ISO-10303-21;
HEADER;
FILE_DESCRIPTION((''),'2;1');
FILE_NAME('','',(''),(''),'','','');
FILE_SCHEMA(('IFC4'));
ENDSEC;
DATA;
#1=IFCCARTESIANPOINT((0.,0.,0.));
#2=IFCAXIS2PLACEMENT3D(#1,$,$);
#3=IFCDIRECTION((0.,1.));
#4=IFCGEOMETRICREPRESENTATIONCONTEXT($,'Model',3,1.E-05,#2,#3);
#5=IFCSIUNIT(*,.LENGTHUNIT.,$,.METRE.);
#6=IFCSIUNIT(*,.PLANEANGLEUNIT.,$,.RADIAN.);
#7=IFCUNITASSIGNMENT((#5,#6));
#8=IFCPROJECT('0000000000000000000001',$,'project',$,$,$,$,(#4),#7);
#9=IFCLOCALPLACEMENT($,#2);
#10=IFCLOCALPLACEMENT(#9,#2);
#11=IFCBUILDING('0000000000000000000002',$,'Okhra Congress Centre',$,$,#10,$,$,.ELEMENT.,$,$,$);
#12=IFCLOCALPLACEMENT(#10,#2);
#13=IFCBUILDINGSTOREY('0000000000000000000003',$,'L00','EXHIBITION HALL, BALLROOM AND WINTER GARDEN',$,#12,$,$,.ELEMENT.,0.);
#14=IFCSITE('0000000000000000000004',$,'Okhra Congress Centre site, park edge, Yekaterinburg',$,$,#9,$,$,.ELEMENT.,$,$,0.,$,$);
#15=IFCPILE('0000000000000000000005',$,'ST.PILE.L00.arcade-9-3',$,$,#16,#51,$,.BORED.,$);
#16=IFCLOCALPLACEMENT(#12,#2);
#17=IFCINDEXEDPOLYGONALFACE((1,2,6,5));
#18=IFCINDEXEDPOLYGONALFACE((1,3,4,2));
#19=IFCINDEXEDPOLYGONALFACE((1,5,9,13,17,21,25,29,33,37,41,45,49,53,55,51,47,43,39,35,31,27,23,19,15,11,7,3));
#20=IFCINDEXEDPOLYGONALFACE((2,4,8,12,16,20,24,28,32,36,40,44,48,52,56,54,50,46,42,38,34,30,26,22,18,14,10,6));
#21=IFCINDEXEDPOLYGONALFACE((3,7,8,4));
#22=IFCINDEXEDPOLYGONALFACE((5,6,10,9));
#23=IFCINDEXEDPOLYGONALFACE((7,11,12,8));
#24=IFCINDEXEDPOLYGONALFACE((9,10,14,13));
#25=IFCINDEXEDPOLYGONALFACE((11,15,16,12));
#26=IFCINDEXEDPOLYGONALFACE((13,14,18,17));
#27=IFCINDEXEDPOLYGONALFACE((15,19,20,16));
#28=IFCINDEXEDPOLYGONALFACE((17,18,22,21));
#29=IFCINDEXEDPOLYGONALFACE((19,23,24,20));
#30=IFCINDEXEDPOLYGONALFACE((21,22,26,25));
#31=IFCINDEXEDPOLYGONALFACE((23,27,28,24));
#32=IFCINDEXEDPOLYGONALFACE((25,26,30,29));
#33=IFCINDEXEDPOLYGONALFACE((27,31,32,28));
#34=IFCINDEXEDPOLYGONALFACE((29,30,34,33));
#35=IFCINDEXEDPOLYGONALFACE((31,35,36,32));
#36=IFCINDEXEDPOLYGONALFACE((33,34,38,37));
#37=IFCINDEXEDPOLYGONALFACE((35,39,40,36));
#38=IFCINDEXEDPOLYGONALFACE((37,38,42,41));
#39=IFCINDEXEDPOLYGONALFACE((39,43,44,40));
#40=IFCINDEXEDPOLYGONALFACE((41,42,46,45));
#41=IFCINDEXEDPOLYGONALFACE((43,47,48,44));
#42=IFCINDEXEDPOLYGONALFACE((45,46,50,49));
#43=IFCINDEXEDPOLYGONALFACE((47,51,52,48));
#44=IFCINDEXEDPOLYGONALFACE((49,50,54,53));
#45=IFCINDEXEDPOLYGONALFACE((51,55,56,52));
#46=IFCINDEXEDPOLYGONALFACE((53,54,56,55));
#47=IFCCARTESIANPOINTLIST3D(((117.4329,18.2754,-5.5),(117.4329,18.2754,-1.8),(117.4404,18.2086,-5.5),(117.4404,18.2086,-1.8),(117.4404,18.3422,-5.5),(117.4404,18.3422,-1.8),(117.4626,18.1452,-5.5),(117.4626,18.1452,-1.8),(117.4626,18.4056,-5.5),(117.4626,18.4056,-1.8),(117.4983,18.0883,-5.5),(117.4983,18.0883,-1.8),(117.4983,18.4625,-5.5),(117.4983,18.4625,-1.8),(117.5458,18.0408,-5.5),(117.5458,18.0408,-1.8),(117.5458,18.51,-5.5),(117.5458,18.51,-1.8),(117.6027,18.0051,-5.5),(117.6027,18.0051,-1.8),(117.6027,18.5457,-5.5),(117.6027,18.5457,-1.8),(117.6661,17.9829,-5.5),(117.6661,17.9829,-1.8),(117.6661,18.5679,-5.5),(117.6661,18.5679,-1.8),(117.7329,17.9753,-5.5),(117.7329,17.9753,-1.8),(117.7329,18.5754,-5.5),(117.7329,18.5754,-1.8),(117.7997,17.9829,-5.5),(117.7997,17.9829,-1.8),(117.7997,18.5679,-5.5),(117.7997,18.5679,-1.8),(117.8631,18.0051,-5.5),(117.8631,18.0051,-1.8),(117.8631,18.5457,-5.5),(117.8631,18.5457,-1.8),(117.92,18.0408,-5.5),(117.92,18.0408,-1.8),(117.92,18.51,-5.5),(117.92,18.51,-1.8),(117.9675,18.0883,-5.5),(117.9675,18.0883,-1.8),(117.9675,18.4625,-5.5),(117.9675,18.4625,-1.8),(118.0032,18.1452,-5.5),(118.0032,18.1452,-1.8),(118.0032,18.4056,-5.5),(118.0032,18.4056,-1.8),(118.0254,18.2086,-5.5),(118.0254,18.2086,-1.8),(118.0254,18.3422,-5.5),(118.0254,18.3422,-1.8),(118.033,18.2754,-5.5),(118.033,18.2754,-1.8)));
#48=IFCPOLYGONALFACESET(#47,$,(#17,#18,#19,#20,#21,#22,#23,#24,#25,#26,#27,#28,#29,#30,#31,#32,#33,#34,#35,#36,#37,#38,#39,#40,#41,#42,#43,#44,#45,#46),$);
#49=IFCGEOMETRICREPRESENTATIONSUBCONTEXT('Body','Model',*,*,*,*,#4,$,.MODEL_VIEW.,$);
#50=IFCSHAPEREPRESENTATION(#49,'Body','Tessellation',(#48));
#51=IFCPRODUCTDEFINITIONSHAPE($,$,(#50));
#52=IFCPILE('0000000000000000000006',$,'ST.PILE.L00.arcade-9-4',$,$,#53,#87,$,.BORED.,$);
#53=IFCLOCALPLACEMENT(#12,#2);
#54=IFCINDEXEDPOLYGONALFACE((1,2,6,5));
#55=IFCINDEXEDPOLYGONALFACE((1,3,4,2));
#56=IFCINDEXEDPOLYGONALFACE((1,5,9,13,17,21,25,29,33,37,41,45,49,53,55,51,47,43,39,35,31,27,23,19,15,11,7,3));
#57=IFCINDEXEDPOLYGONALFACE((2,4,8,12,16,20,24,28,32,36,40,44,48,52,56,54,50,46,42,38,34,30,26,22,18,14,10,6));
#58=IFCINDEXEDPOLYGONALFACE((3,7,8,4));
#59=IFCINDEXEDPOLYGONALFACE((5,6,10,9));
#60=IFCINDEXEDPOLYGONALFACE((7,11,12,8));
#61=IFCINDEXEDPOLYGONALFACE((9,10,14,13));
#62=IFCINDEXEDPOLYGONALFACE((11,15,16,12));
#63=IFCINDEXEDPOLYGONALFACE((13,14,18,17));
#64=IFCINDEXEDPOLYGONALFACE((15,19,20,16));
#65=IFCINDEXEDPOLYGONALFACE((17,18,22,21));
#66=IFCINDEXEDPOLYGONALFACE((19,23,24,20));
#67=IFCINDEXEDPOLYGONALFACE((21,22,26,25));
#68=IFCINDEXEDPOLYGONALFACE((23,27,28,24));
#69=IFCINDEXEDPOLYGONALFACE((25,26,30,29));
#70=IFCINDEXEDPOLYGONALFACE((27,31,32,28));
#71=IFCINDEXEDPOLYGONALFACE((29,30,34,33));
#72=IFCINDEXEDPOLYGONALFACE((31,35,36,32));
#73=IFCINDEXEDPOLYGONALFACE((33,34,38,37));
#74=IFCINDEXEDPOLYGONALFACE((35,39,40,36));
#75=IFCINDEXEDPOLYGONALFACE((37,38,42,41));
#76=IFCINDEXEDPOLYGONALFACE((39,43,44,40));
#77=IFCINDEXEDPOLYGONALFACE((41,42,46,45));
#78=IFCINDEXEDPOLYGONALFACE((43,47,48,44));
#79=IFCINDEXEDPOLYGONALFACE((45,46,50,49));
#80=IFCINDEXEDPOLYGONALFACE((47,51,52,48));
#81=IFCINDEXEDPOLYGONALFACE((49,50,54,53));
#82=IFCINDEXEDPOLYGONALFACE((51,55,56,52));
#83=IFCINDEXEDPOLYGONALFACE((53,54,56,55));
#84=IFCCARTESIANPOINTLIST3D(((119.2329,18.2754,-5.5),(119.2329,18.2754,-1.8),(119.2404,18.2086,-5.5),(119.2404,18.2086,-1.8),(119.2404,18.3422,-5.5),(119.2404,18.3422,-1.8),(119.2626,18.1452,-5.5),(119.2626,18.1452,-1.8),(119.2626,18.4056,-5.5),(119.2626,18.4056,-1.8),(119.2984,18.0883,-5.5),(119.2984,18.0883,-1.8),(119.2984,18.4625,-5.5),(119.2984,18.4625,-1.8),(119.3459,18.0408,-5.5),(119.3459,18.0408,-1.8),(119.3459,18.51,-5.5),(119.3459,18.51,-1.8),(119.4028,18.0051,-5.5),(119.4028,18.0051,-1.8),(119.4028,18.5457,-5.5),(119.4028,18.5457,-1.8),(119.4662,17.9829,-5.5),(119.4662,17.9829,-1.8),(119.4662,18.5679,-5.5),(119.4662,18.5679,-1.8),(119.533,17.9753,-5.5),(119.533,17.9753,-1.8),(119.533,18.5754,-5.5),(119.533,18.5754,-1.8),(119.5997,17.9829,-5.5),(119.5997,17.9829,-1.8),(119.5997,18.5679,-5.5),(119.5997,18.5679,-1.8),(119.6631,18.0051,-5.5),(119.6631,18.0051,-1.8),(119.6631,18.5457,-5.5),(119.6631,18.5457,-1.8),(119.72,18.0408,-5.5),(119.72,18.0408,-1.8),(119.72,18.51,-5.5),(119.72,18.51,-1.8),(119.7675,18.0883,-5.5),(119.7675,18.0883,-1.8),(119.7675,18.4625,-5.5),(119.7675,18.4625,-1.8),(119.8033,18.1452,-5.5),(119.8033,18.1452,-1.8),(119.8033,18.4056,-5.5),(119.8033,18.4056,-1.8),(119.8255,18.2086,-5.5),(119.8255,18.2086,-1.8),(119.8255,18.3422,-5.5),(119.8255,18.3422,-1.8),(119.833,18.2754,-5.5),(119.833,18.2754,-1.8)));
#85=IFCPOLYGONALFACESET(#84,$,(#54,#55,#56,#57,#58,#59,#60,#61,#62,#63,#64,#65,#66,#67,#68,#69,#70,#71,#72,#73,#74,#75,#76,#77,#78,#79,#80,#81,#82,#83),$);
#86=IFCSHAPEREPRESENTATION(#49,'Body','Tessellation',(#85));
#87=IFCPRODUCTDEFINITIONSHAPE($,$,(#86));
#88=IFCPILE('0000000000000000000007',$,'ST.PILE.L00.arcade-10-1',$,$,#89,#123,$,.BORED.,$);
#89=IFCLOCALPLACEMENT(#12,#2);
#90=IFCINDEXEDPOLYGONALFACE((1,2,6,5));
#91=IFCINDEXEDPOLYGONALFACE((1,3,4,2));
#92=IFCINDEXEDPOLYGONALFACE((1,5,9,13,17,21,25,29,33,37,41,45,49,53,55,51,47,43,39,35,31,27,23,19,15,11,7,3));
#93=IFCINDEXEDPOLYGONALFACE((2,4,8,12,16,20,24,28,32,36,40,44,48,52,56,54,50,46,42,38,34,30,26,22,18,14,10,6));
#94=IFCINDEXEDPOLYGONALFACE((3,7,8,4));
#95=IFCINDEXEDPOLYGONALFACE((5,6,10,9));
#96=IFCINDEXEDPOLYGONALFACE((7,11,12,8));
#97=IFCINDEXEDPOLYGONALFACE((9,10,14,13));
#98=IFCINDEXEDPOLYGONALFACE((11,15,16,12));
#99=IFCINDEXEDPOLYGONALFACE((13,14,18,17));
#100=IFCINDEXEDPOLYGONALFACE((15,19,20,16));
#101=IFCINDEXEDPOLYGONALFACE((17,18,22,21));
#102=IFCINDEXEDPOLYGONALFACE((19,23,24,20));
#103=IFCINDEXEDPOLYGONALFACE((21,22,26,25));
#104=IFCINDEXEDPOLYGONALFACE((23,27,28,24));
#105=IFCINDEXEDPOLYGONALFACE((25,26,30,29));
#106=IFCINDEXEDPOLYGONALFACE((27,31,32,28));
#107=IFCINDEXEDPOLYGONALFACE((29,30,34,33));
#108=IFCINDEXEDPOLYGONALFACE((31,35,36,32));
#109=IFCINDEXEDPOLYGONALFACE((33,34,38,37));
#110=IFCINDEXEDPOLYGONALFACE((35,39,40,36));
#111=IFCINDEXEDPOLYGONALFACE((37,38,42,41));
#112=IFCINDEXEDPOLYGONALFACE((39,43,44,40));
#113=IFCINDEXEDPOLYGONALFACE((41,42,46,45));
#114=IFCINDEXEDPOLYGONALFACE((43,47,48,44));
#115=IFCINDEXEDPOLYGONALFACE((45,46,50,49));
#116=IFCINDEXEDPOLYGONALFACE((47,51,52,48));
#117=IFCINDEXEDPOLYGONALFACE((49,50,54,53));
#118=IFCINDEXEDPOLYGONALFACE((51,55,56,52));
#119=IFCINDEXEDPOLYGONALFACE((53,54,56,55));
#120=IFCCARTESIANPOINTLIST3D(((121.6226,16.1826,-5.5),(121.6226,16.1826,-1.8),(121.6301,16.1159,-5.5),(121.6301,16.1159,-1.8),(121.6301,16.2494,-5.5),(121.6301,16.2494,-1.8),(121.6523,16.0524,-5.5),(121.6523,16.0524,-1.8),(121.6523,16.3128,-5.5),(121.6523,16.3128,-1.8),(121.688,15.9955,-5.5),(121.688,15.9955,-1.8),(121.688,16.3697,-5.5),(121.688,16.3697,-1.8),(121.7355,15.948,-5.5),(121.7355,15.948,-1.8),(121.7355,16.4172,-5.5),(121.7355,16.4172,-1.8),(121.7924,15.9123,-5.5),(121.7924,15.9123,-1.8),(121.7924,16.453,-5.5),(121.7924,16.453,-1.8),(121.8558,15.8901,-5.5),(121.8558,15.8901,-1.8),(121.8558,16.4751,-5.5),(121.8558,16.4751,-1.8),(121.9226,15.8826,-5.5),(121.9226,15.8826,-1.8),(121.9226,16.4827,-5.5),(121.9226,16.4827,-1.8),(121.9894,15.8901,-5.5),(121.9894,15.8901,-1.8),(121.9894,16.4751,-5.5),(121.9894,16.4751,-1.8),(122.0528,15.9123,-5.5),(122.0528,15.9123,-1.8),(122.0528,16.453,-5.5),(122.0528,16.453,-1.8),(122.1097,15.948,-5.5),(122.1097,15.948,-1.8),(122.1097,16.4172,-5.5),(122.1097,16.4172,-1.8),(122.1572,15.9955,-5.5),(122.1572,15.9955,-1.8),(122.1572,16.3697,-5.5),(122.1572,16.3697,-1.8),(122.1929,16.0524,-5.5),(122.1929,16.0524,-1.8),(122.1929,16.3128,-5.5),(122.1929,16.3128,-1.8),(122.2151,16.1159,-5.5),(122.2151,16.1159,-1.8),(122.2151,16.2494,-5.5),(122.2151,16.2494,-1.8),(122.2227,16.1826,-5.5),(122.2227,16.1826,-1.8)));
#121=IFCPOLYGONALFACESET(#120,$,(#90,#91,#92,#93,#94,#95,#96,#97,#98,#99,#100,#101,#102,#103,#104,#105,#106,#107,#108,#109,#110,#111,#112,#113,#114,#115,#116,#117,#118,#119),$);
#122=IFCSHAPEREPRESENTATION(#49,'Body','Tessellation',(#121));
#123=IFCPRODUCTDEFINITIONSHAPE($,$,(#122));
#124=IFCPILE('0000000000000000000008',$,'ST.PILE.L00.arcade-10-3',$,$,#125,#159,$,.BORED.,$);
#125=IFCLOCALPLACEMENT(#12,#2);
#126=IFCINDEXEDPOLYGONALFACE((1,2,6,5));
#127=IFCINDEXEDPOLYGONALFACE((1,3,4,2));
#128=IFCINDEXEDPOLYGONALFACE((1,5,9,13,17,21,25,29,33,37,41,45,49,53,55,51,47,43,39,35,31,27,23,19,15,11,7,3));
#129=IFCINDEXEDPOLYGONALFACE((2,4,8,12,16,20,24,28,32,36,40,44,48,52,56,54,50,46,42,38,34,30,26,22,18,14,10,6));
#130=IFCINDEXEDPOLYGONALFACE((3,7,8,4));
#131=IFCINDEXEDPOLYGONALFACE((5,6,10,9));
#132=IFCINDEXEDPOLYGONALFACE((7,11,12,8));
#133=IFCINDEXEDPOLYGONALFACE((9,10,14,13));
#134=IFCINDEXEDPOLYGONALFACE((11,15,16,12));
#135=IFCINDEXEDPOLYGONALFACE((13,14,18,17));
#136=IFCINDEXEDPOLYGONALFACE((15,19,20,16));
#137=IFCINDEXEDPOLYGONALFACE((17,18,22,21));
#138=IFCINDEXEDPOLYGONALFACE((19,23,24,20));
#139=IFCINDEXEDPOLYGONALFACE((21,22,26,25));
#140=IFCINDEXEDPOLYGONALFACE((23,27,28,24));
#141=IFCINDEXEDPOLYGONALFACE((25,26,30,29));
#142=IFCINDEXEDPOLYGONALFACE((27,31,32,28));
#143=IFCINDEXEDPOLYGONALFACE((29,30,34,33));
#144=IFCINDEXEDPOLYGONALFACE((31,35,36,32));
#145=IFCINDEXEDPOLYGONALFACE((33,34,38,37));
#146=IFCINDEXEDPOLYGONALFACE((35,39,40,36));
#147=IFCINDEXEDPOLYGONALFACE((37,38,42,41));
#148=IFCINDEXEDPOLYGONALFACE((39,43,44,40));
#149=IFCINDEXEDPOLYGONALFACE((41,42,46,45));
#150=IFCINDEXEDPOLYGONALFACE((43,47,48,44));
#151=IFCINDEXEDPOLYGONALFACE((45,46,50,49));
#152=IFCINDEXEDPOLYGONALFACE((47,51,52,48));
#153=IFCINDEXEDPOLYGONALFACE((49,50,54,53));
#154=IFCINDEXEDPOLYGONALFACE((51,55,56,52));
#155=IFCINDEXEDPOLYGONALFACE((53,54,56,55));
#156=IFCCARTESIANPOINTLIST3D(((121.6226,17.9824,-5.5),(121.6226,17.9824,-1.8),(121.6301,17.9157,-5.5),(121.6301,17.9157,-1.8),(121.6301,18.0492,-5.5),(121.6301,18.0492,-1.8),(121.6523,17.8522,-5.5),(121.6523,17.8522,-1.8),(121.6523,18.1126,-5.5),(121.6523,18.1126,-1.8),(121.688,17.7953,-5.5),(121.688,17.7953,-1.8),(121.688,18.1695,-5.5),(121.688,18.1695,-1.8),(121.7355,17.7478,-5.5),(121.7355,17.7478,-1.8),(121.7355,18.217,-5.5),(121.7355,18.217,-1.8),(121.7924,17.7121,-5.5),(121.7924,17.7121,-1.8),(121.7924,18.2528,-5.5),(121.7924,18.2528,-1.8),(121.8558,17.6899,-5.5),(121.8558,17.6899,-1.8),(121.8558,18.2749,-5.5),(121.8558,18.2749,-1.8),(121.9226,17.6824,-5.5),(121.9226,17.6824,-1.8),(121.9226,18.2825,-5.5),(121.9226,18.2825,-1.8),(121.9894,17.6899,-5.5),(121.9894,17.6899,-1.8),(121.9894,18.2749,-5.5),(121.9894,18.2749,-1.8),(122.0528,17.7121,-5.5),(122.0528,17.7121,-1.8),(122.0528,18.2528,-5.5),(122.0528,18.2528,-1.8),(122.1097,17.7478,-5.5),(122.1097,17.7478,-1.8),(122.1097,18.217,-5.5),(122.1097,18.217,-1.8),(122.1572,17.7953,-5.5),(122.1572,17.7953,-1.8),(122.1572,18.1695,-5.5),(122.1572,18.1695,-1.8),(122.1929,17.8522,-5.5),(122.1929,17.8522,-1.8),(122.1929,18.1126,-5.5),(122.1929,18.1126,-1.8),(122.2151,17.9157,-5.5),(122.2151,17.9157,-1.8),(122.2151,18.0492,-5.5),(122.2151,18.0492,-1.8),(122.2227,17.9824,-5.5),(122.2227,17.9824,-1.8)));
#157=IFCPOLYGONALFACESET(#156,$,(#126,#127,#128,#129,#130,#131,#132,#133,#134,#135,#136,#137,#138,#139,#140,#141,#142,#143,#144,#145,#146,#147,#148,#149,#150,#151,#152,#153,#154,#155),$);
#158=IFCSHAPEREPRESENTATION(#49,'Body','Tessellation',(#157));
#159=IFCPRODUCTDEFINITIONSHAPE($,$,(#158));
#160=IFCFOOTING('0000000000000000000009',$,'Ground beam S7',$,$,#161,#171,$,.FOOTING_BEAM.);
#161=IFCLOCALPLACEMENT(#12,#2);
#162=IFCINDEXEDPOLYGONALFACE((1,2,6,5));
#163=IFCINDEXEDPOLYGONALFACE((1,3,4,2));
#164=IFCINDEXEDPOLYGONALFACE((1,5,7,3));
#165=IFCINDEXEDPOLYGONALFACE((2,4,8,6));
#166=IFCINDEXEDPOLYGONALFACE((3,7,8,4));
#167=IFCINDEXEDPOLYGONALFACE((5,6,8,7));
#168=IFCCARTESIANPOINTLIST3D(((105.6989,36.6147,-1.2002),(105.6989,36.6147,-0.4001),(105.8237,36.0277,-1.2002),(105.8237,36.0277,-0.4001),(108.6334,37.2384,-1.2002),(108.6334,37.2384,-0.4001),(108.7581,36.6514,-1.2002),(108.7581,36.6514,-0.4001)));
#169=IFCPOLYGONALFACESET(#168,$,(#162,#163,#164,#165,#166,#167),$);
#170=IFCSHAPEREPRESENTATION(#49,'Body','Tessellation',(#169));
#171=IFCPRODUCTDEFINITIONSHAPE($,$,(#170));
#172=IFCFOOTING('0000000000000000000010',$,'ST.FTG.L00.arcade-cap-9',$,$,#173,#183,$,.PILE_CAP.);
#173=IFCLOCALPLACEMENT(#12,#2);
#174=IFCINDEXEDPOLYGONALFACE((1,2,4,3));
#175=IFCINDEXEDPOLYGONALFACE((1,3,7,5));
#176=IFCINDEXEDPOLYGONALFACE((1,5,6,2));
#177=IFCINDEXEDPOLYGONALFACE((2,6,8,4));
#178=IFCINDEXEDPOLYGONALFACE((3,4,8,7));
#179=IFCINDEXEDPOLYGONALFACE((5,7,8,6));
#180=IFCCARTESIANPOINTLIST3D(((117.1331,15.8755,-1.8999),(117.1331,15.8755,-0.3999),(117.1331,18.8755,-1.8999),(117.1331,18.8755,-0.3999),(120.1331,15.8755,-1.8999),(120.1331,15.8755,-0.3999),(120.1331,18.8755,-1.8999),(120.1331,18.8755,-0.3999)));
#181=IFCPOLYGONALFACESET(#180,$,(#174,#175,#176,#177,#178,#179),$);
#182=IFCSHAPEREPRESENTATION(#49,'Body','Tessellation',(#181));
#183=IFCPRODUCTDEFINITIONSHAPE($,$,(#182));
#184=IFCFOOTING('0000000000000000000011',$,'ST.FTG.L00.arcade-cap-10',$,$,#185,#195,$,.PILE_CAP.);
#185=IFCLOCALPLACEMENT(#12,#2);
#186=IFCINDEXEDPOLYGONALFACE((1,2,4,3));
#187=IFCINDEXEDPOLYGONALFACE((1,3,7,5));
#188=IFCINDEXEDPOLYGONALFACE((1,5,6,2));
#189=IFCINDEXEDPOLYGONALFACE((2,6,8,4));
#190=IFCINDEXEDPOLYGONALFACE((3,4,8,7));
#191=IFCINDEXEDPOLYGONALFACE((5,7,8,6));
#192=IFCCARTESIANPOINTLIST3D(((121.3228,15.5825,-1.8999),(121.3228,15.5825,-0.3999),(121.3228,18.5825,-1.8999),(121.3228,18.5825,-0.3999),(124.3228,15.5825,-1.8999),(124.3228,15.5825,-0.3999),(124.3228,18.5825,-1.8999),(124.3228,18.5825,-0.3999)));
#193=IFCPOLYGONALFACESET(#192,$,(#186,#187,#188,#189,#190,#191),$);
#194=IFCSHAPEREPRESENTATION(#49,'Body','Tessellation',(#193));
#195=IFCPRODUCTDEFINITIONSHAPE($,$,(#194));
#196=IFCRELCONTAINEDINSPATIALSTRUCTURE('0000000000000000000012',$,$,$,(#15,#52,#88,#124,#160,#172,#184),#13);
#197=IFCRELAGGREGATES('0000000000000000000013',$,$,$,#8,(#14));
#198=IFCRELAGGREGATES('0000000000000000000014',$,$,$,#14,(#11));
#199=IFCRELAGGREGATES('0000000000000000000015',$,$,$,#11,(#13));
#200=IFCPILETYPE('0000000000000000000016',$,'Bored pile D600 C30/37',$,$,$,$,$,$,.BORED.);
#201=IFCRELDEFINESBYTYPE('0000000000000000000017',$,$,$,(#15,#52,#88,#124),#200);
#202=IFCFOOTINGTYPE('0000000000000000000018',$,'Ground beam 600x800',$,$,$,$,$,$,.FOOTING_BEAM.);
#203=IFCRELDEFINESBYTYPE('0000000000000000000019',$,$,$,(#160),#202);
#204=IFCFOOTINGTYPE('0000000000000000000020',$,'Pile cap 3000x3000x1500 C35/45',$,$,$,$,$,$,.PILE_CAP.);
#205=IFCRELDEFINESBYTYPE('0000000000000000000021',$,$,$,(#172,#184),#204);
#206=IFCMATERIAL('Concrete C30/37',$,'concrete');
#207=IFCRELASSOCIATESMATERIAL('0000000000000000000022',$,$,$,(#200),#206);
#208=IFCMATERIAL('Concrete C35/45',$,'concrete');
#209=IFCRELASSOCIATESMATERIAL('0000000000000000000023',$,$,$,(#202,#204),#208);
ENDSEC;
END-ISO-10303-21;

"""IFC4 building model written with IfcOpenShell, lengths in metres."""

from ifc_helpers import new_model, si_unit, direction, frame, origin, origin_2d, place, context, subcontext, project, spatial, rectangle, circle, extrude, material, material_profile, profile_set, type_object, element, save


model = new_model("IFC4")

# Units and contexts
model_context = context("Model", 3, precision=1e-05, world=origin(), true_north=direction((0.0, 1.0)))
body_context = subcontext(model_context, "Body", "Model", "MODEL_VIEW")
ifc_project = project(units=[si_unit("LENGTHUNIT", "METRE"), si_unit("PLANEANGLEUNIT", "RADIAN")], contexts=[model_context])

# Site, building, storey
site_placement = place(None, origin())
site = spatial("IfcSite", under=ifc_project, at=site_placement, Name="Okhra Congress Centre site, park edge, Yekaterinburg", CompositionType="ELEMENT", RefElevation=0.0)
building_placement = place(site_placement, origin())
building = spatial("IfcBuilding", under=site, at=building_placement, Name="Okhra Congress Centre", CompositionType="ELEMENT")
storey_placement = place(building_placement, origin())
storey = spatial("IfcBuildingStorey", under=building, at=storey_placement, Name="L00", Description="EXHIBITION HALL, BALLROOM AND WINTER GARDEN", CompositionType="ELEMENT", Elevation=0.0)

# Piles
ifc_material_1 = material(Name="Concrete C30/37", Category="concrete")
ifc_material_profile_1 = material_profile(ifc_material_1, circle(Radius=0.3, at=origin_2d()), Name="D600")
ifc_profile_set_1 = profile_set([ifc_material_profile_1], Name="Concrete C30/37")
pile_type = type_object("IfcPileType", Name="Bored pile D600 C30/37", PredefinedType="BORED", material=ifc_profile_set_1)
for number, where, z_axis, x_axis, name in (
    (1, (117.7329, 18.2754, -1.8), (0.0, 0.0, -1.0), (1.0, 0.0, 0.0), "ST.PILE.L00.arcade-9-3"),
    (2, (119.533, 18.2754, -1.8), (0.0, 0.0, -1.0), (1.0, 0.0, 0.0), "ST.PILE.L00.arcade-9-4"),
    (3, (121.9226, 16.1826, -1.8), (0.0, 0.0, -1.0), (1.0, 0.0, 0.0), "ST.PILE.L00.arcade-10-1"),
    (4, (121.9226, 17.9824, -1.8), (0.0, 0.0, -1.0), (1.0, 0.0, 0.0), "ST.PILE.L00.arcade-10-3"),
):
    element("IfcPile", number, at=place(storey_placement, frame(where, z_axis=z_axis, x_axis=x_axis)), inside=storey, type_object=pile_type, Name=name, PredefinedType="BORED", context=body_context, shape_type="SweptSolid", body=[
        extrude(circle(Radius=0.3, at=origin_2d()), origin(), (0.0, 0.0, 1.0), 3.7),
    ])

# Footings
ifc_material_2 = material(Name="Concrete C35/45", Category="concrete")
footing_type_1 = type_object("IfcFootingType", Name="Ground beam 600x800", PredefinedType="FOOTING_BEAM", material=ifc_material_2)
footing_placement = place(storey_placement, frame((107.2285, 36.6331, -1.2002), z_axis=(0.0, 0.0, 1.0), x_axis=(0.978148, 0.207912, 0.0)))
element("IfcFooting", 5, at=footing_placement, inside=storey, type_object=footing_type_1, Name="Ground beam S7", PredefinedType="FOOTING_BEAM", context=body_context, shape_type="SweptSolid", body=[
    extrude(rectangle(XDim=3.0, YDim=0.6001, at=origin_2d()), origin(), (0.0, 0.0, 1.0), 0.8),
])
footing_type_2 = type_object("IfcFootingType", Name="Pile cap 3000x3000x1500 C35/45", PredefinedType="PILE_CAP", material=ifc_material_2)
for number, where, z_axis, x_axis, name in (
    (6, (118.6331, 17.3755, -1.8999), (0.0, 0.0, 1.0), (1.0, 0.0, 0.0), "ST.FTG.L00.arcade-cap-9"),
    (7, (122.8228, 17.0825, -1.8999), (0.0, 0.0, 1.0), (1.0, 0.0, 0.0), "ST.FTG.L00.arcade-cap-10"),
):
    element("IfcFooting", number, at=place(storey_placement, frame(where, z_axis=z_axis, x_axis=x_axis)), inside=storey, type_object=footing_type_2, Name=name, PredefinedType="PILE_CAP", context=body_context, shape_type="SweptSolid", body=[
        extrude(rectangle(XDim=3.0, YDim=3.0, at=origin_2d()), origin(), (0.0, 0.0, 1.0), 1.5),
    ])

save(model, "model.ifc")
